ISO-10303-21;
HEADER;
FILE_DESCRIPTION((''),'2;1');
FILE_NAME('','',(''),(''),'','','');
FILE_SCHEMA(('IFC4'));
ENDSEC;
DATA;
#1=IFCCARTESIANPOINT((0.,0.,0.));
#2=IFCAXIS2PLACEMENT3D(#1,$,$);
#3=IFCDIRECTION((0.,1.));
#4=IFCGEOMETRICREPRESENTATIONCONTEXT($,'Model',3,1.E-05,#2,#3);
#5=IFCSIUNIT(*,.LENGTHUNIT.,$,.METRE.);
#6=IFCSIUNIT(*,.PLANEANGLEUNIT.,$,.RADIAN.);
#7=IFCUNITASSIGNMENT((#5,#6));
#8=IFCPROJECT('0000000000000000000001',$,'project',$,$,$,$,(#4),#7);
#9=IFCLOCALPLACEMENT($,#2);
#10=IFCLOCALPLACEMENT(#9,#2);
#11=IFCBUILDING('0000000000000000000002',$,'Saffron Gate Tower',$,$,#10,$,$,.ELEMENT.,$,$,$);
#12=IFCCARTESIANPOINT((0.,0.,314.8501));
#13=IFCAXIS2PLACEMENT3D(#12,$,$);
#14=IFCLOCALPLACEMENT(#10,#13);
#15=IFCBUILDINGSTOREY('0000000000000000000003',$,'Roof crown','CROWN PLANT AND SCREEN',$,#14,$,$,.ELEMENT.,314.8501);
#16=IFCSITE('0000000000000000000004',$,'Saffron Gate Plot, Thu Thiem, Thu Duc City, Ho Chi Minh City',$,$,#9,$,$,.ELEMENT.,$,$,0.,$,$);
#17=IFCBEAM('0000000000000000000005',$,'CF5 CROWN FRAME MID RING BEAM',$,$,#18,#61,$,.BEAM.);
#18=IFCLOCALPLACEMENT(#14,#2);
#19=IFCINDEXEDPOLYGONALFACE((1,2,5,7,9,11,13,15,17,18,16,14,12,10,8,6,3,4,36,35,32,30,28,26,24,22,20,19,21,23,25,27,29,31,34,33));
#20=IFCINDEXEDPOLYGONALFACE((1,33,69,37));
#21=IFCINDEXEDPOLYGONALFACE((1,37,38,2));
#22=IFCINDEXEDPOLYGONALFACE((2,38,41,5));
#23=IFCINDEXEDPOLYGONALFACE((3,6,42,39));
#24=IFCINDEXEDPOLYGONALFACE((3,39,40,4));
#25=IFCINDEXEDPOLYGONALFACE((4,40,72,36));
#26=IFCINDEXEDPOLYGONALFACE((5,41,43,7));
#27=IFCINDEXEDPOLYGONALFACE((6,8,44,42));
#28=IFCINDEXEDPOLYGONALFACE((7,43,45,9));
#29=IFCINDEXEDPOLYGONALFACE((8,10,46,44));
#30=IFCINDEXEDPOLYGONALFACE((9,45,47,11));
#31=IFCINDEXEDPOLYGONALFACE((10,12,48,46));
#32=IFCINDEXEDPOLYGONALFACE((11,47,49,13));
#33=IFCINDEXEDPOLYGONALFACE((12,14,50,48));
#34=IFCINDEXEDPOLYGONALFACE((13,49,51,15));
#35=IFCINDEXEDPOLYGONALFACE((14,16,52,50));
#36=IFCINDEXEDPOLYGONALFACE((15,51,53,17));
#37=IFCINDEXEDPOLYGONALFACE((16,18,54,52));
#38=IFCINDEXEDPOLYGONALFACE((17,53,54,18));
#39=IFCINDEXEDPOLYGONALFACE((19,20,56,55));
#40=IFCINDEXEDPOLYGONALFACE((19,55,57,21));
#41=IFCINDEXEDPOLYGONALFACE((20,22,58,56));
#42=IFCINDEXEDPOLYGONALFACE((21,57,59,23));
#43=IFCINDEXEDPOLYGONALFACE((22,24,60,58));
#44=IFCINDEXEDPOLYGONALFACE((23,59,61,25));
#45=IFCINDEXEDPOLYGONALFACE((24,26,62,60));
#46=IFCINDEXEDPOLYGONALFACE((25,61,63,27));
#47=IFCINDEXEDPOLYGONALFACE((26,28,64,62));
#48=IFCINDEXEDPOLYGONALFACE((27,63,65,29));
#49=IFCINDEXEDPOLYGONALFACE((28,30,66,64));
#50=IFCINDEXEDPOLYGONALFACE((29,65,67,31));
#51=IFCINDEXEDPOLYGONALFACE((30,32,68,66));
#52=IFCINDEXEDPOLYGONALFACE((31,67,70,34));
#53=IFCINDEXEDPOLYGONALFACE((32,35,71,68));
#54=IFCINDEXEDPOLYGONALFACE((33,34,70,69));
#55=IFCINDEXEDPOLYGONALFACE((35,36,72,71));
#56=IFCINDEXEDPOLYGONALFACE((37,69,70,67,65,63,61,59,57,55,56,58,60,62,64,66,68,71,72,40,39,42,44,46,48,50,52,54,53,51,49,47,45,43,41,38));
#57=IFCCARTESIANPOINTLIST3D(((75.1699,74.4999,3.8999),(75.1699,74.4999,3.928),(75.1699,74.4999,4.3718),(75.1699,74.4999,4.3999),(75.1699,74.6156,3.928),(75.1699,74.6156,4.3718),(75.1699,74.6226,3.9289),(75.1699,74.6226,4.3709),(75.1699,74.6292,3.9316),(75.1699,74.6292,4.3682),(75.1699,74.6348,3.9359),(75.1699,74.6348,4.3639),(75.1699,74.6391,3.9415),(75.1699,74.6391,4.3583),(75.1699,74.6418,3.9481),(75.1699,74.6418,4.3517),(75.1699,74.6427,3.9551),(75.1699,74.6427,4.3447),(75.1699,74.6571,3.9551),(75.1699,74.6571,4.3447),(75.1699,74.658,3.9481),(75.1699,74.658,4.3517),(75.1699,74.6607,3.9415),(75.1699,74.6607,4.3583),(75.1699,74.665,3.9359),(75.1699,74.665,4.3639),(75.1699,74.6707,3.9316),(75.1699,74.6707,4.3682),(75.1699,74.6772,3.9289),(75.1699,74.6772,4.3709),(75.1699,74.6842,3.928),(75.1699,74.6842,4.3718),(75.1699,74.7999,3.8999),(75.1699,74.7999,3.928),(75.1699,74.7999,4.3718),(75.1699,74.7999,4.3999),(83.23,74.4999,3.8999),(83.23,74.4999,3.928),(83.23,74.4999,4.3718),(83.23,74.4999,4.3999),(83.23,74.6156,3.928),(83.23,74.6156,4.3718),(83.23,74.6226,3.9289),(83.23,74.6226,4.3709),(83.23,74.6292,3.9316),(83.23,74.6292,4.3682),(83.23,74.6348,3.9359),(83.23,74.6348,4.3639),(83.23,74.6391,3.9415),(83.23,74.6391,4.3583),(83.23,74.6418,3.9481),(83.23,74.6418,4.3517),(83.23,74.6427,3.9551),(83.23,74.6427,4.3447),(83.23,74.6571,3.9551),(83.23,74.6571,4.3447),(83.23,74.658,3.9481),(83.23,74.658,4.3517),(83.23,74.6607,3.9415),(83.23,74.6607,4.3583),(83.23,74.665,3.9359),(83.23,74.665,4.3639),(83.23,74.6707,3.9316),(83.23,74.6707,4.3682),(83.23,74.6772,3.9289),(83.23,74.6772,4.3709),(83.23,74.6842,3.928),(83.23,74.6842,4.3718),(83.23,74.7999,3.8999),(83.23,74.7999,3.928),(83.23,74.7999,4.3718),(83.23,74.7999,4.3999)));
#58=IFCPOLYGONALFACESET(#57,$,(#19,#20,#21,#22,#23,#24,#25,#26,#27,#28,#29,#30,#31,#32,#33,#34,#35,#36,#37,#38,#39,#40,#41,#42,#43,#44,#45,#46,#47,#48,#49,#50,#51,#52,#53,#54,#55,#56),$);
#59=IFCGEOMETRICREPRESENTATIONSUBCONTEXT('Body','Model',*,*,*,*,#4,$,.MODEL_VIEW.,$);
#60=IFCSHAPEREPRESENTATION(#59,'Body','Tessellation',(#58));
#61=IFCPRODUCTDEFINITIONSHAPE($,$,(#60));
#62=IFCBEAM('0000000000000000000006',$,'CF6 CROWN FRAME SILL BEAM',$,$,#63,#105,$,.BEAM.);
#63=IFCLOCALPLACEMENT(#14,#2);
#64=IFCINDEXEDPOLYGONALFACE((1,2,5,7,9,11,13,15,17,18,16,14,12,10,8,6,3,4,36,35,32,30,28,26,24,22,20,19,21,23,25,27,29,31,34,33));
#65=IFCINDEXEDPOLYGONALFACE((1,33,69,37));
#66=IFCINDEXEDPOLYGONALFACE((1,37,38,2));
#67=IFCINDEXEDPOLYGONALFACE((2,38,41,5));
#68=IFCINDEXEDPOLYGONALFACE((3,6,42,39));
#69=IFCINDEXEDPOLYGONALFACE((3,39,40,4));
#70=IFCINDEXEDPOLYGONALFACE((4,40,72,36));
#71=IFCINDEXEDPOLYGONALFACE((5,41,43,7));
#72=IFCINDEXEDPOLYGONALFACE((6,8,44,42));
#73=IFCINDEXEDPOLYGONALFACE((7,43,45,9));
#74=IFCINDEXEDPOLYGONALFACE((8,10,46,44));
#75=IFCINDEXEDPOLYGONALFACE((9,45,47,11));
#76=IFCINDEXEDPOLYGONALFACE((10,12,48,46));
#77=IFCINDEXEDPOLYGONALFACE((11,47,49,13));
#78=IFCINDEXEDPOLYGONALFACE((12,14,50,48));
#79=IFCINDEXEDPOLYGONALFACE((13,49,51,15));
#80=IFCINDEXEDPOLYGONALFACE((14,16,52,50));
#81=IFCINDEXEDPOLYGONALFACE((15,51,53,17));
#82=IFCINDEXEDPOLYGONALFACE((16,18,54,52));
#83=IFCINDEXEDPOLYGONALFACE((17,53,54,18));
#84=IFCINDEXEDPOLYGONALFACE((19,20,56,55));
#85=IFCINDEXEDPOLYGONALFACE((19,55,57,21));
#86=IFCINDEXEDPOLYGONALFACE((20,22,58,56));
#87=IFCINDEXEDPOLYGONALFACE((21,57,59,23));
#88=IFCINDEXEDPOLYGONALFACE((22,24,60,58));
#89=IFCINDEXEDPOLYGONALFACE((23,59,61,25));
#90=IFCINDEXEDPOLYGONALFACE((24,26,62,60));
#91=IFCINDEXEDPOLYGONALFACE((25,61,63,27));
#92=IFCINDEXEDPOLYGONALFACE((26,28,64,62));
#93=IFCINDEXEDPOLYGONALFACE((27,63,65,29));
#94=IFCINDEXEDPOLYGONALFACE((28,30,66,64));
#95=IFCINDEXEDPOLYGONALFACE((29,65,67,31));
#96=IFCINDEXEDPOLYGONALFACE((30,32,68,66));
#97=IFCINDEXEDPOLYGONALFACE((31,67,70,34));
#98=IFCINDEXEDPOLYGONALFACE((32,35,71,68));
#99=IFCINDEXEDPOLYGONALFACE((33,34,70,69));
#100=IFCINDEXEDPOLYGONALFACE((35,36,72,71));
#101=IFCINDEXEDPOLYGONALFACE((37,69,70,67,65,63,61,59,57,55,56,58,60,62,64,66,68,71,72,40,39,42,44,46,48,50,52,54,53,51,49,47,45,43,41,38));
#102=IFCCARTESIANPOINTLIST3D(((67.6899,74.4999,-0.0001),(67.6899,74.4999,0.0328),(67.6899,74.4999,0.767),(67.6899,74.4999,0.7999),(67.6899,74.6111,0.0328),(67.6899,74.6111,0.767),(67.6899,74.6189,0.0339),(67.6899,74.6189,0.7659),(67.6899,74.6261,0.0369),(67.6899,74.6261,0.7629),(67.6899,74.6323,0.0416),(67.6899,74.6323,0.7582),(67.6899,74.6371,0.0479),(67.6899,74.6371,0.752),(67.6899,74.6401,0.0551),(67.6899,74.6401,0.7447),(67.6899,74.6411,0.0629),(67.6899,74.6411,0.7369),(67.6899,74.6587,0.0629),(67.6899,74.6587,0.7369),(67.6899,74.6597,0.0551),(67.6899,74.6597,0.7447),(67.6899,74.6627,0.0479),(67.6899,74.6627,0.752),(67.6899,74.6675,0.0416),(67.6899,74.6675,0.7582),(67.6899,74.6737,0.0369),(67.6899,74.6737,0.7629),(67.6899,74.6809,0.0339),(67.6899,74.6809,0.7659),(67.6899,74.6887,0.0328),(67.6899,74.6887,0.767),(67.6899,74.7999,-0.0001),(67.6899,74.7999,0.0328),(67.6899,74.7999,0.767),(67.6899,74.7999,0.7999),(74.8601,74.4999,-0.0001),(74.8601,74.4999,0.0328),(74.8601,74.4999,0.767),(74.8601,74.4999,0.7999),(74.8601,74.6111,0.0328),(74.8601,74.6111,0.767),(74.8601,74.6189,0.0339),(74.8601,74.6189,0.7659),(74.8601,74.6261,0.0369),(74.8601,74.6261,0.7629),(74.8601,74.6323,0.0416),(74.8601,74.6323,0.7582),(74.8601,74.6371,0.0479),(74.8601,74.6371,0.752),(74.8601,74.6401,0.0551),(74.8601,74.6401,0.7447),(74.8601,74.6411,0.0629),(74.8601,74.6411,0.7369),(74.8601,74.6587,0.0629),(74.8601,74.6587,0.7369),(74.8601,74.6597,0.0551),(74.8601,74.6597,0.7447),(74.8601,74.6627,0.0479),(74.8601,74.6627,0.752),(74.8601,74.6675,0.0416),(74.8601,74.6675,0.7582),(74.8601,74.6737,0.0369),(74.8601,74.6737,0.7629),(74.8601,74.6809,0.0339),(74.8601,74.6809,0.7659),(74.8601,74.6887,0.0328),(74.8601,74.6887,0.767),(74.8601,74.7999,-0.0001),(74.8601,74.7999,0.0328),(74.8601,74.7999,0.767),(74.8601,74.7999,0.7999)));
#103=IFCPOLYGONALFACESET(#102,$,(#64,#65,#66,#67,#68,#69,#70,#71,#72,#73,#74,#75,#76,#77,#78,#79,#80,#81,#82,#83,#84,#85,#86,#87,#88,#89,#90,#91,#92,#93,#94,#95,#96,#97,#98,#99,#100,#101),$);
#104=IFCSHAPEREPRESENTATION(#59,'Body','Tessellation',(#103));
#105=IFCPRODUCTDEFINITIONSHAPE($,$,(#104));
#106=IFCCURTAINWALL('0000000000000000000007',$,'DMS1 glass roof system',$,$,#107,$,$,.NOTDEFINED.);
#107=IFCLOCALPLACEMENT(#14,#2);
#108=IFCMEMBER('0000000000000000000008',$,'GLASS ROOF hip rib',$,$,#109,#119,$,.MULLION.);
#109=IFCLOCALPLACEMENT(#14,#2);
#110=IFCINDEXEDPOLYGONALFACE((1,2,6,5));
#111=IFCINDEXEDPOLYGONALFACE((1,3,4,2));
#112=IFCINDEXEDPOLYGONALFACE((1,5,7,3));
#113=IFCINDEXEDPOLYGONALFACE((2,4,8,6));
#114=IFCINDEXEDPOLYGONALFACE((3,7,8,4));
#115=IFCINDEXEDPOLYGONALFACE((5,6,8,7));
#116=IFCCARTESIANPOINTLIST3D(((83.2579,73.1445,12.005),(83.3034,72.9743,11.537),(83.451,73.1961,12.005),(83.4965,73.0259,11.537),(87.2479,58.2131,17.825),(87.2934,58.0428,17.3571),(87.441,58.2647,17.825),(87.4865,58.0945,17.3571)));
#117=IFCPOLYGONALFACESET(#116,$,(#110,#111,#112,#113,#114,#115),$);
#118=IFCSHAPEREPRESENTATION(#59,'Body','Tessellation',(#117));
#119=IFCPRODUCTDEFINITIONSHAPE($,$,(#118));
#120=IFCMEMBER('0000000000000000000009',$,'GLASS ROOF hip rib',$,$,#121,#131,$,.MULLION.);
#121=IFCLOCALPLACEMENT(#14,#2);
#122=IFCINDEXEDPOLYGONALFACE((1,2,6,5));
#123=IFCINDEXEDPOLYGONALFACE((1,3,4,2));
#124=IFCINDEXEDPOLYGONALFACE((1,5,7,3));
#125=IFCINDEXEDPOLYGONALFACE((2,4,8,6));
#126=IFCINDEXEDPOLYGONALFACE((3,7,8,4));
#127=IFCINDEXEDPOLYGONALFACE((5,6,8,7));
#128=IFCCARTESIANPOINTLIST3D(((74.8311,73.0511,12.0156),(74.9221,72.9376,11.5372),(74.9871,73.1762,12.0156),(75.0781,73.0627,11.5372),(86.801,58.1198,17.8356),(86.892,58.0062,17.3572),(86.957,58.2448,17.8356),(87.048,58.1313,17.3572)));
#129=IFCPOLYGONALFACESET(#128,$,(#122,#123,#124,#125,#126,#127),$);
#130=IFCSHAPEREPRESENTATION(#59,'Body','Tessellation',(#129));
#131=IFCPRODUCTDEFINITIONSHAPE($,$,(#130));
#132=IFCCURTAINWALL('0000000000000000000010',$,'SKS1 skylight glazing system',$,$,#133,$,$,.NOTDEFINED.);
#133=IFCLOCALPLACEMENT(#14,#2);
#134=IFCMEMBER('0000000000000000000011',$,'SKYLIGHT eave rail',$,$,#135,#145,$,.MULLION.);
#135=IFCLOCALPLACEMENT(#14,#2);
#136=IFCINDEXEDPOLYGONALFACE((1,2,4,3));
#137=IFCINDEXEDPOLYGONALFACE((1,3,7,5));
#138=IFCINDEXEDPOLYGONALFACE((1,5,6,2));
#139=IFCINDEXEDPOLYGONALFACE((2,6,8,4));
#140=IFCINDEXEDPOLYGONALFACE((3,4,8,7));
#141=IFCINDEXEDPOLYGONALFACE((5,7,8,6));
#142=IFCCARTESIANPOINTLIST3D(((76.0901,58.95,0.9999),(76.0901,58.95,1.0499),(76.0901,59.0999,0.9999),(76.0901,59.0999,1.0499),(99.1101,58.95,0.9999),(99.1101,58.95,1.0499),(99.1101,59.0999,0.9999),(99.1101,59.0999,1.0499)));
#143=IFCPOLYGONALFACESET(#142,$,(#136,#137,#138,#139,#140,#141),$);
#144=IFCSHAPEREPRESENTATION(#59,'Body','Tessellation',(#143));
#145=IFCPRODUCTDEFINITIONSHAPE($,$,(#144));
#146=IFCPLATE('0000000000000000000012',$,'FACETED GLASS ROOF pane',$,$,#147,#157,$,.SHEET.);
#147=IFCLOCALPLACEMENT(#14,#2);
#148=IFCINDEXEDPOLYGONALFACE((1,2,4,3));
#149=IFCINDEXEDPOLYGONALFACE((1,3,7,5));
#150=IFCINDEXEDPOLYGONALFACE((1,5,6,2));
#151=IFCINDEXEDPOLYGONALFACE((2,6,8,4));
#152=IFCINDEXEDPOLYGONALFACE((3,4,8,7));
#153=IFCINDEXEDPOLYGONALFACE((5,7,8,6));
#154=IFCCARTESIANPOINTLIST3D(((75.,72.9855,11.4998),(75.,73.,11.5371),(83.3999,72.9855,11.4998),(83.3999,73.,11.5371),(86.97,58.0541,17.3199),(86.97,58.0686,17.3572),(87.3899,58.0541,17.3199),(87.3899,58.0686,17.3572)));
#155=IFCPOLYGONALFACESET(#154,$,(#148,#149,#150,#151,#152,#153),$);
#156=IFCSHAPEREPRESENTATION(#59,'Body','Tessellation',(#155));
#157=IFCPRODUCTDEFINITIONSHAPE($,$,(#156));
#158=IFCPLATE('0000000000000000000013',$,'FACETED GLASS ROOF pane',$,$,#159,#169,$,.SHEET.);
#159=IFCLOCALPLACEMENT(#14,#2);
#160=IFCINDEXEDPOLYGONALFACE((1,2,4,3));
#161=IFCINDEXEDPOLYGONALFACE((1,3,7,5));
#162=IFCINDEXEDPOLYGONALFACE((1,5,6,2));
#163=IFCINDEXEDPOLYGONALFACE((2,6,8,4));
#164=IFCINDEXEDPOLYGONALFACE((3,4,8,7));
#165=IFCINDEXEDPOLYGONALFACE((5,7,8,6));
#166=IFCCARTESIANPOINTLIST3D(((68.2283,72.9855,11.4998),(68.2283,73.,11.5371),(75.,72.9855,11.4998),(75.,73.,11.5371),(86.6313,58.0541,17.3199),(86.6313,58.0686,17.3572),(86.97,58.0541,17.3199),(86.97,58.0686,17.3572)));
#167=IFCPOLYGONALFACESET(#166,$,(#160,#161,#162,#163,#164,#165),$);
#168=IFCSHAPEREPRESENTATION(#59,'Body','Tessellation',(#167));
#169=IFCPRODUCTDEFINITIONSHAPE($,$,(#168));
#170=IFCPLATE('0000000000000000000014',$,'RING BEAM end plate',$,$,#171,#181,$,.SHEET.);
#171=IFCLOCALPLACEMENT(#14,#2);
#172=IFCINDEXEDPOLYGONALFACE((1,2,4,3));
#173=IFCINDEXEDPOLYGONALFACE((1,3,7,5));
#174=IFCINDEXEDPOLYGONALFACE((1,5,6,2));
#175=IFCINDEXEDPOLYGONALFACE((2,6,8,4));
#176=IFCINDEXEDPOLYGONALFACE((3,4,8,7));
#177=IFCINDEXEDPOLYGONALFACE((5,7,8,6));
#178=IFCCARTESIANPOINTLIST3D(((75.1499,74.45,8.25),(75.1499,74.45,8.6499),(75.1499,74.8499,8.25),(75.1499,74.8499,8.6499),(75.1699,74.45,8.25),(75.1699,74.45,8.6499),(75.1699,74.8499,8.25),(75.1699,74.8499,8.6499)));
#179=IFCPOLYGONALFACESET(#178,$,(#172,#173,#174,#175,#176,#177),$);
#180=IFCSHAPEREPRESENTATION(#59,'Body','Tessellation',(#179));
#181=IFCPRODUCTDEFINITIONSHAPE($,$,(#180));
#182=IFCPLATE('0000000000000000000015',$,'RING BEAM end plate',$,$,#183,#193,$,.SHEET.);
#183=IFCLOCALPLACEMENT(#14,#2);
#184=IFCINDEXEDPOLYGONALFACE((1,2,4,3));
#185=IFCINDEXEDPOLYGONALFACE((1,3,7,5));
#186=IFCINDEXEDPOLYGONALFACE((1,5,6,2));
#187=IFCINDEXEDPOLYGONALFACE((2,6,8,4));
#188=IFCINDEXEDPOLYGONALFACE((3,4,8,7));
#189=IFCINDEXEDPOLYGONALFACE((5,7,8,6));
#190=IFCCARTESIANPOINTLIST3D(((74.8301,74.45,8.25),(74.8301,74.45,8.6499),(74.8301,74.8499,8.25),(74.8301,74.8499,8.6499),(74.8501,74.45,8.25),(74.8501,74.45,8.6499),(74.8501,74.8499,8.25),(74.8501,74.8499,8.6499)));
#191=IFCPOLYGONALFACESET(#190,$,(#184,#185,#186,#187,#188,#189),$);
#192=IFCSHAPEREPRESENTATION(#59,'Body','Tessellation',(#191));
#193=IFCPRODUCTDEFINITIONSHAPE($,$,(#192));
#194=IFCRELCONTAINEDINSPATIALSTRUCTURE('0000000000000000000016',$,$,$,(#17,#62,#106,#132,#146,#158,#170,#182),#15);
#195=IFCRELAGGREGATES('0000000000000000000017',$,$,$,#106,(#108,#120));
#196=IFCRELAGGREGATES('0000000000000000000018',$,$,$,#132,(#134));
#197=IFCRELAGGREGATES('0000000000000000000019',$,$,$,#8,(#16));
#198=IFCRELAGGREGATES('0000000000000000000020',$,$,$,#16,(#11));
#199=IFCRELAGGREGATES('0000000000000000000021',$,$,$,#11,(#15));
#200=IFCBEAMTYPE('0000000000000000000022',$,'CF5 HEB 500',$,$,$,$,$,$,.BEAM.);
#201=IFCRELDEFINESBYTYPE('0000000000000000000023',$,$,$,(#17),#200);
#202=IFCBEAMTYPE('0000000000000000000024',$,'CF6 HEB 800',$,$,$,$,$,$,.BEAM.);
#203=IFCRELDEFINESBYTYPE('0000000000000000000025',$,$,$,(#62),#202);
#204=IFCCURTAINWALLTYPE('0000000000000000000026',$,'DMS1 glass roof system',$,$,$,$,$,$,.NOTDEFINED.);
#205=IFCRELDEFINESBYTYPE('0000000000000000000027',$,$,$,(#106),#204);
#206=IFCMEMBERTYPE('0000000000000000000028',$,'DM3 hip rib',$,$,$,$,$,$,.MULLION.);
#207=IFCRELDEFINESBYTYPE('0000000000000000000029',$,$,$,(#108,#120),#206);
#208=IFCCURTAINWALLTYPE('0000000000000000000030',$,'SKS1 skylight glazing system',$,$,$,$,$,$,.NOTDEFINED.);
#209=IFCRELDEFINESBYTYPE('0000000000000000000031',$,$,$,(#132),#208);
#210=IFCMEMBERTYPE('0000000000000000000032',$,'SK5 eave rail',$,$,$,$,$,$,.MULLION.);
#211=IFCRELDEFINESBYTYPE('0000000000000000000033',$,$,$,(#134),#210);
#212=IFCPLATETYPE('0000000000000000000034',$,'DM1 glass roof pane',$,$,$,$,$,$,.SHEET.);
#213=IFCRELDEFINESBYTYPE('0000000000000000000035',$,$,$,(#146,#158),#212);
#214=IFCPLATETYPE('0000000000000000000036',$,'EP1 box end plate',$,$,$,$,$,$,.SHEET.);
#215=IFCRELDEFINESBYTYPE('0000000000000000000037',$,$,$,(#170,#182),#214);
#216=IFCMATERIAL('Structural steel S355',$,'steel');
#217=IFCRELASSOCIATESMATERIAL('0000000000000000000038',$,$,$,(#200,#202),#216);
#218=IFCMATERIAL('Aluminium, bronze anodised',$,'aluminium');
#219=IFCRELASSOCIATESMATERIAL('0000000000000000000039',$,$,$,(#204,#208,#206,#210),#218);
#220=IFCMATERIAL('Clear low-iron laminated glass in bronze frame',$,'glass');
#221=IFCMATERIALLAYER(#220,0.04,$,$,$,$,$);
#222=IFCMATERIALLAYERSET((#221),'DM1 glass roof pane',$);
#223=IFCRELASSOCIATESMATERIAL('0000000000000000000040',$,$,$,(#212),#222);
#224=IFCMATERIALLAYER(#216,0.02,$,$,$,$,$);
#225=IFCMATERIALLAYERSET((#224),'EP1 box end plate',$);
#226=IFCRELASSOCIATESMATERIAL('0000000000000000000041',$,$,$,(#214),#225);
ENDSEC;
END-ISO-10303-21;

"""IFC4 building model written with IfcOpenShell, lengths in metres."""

from ifc_helpers import new_model, si_unit, direction, frame, origin, origin_2d, place, context, subcontext, project, spatial, polyline, rectangle, i_section, outline, extrude, material, layer, layer_set, material_profile, profile_set, type_object, element, aggregate, save


model = new_model("IFC4")

# Units and contexts
model_context = context("Model", 3, precision=1e-05, world=origin(), true_north=direction((0.0, 1.0)))
body_context = subcontext(model_context, "Body", "Model", "MODEL_VIEW")
ifc_project = project(units=[si_unit("LENGTHUNIT", "METRE"), si_unit("PLANEANGLEUNIT", "RADIAN")], contexts=[model_context])

# Site, building, storey
site_placement = place(None, origin())
site = spatial("IfcSite", under=ifc_project, at=site_placement, Name="Saffron Gate Plot, Thu Thiem, Thu Duc City, Ho Chi Minh City", CompositionType="ELEMENT", RefElevation=0.0)
building_placement = place(site_placement, origin())
building = spatial("IfcBuilding", under=site, at=building_placement, Name="Saffron Gate Tower", CompositionType="ELEMENT")
storey_placement = place(building_placement, frame((0.0, 0.0, 314.8501)))
storey = spatial("IfcBuildingStorey", under=building, at=storey_placement, Name="Roof crown", Description="CROWN PLANT AND SCREEN", CompositionType="ELEMENT", Elevation=314.8501)

# Shared definitions
ifc_material_1 = material(Name="Structural steel S355", Category="steel")

# Beams
ifc_material_profile_1 = material_profile(ifc_material_1, i_section(OverallWidth=0.3, OverallDepth=0.5, WebThickness=0.0144, FlangeThickness=0.0281, FilletRadius=0.0271, at=origin_2d()))
ifc_profile_set_1 = profile_set([ifc_material_profile_1], Name="Structural steel S355")
beam_type_1 = type_object("IfcBeamType", Name="CF5 HEB 500", PredefinedType="BEAM", material=ifc_profile_set_1)
beam_1_placement = place(storey_placement, frame((83.23, 74.6499, 4.1499), z_axis=(-1.0, 0.0, 0.0), x_axis=(0.0, -1.0, 0.0)))
element("IfcBeam", 1, at=beam_1_placement, inside=storey, type_object=beam_type_1, Name="CF5 CROWN FRAME MID RING BEAM", PredefinedType="BEAM", context=body_context, shape_type="SweptSolid", body=[
    extrude(i_section(OverallWidth=0.3, OverallDepth=0.5, WebThickness=0.0144, FlangeThickness=0.0281, FilletRadius=0.0271, at=origin_2d()), origin(), (0.0, 0.0, 1.0), 8.0601),
])
ifc_material_profile_2 = material_profile(ifc_material_1, i_section(OverallWidth=0.3, OverallDepth=0.8, WebThickness=0.0176, FlangeThickness=0.033, FilletRadius=0.03, at=origin_2d()))
ifc_profile_set_2 = profile_set([ifc_material_profile_2], Name="Structural steel S355")
beam_type_2 = type_object("IfcBeamType", Name="CF6 HEB 800", PredefinedType="BEAM", material=ifc_profile_set_2)
beam_2_placement = place(storey_placement, frame((74.8601, 74.6499, 0.3999), z_axis=(-1.0, 0.0, 0.0), x_axis=(0.0, -1.0, 0.0)))
element("IfcBeam", 2, at=beam_2_placement, inside=storey, type_object=beam_type_2, Name="CF6 CROWN FRAME SILL BEAM", PredefinedType="BEAM", context=body_context, shape_type="SweptSolid", body=[
    extrude(i_section(OverallWidth=0.3, OverallDepth=0.8, WebThickness=0.0176, FlangeThickness=0.033, FilletRadius=0.03, at=origin_2d()), origin(), (0.0, 0.0, 1.0), 7.1702),
])

# Curtain wall, members
ifc_material_2 = material(Name="Aluminium, bronze anodised", Category="aluminium")
curtain_wall_type_1 = type_object("IfcCurtainWallType", Name="DMS1 glass roof system", PredefinedType="NOTDEFINED", material=ifc_material_2)
curtain_wall_1_placement = place(storey_placement, origin())
curtain_wall_1 = element("IfcCurtainWall", 3, at=curtain_wall_1_placement, inside=storey, type_object=curtain_wall_type_1, Name="DMS1 glass roof system", PredefinedType="NOTDEFINED")
ifc_material_profile_3 = material_profile(ifc_material_2, rectangle(XDim=0.2, YDim=0.5, at=origin_2d()))
ifc_profile_set_3 = profile_set([ifc_material_profile_3], Name="Aluminium, bronze anodised")
member_type_1 = type_object("IfcMemberType", Name="DM3 hip rib", PredefinedType="MULLION", material=ifc_profile_set_3)
member_1_placement = place(storey_placement, frame((83.3772, 73.0852, 11.771), z_axis=(0.2416, -0.90412, 0.352415), x_axis=(0.966101, 0.258163, 0.0)))
member_1 = element("IfcMember", 4, at=member_1_placement, type_object=member_type_1, Name="GLASS ROOF hip rib", PredefinedType="MULLION", context=body_context, shape_type="SweptSolid", body=[
    extrude(rectangle(XDim=0.2, YDim=0.5, at=origin_2d()), origin(), (0.0, 0.0, 1.0), 16.5149),
])
member_2_placement = place(storey_placement, frame((74.9546, 73.0569, 11.7764), z_axis=(0.598424, -0.746477, 0.290967), x_axis=(0.780235, 0.625487, 0.0)))
member_2 = element("IfcMember", 5, at=member_2_placement, type_object=member_type_1, Name="GLASS ROOF hip rib", PredefinedType="MULLION", context=body_context, shape_type="SweptSolid", body=[
    extrude(rectangle(XDim=0.2, YDim=0.5, at=origin_2d()), origin(), (0.0, 0.0, 1.0), 20.0024),
])
aggregate(curtain_wall_1, [member_1, member_2])

# Curtain wall, member
curtain_wall_type_2 = type_object("IfcCurtainWallType", Name="SKS1 skylight glazing system", PredefinedType="NOTDEFINED", material=ifc_material_2)
curtain_wall_2_placement = place(storey_placement, origin())
curtain_wall_2 = element("IfcCurtainWall", 6, at=curtain_wall_2_placement, inside=storey, type_object=curtain_wall_type_2, Name="SKS1 skylight glazing system", PredefinedType="NOTDEFINED")
ifc_material_profile_4 = material_profile(ifc_material_2, rectangle(XDim=0.1499, YDim=0.05, at=origin_2d()))
ifc_profile_set_4 = profile_set([ifc_material_profile_4], Name="Aluminium, bronze anodised")
member_type_2 = type_object("IfcMemberType", Name="SK5 eave rail", PredefinedType="MULLION", material=ifc_profile_set_4)
member_3_placement = place(storey_placement, frame((76.0901, 59.0249, 1.0249), z_axis=(1.0, 0.0, 0.0), x_axis=(0.0, 1.0, 0.0)))
member_3 = element("IfcMember", 7, at=member_3_placement, type_object=member_type_2, Name="SKYLIGHT eave rail", PredefinedType="MULLION", context=body_context, shape_type="SweptSolid", body=[
    extrude(rectangle(XDim=0.1499, YDim=0.05, at=origin_2d()), origin(), (0.0, 0.0, 1.0), 23.02),
])
aggregate(curtain_wall_2, [member_3])

# Plates
ifc_material_3 = material(Name="Clear low-iron laminated glass in bronze frame", Category="glass")
ifc_layer_1 = layer(ifc_material_3, 0.04)
ifc_layer_set_1 = layer_set([ifc_layer_1], Name="DM1 glass roof pane")
plate_type_1 = type_object("IfcPlateType", Name="DM1 glass roof pane", PredefinedType="SHEET", material=ifc_layer_set_1)
plate_1_placement = place(storey_placement, frame((83.3999, 73.0, 11.5371), z_axis=(0.0, 0.363173, 0.931722), x_axis=(-1.0, 0.0, 0.0)))
element("IfcPlate", 8, at=plate_1_placement, inside=storey, type_object=plate_type_1, Name="FACETED GLASS ROOF pane", PredefinedType="SHEET", context=body_context, shape_type="SweptSolid", body=[
    extrude(outline(polyline([(0.0, 0.0), (8.3999, 0.0), (-3.5701, 16.0256), (-3.99, 16.0256), (0.0, 0.0)])), origin(), (0.0, 0.0, -1.0), 0.04),
])
plate_2_placement = place(storey_placement, frame((75.0, 73.0, 11.5371), z_axis=(0.0, 0.363173, 0.931722), x_axis=(-1.0, 0.0, 0.0)))
element("IfcPlate", 9, at=plate_2_placement, inside=storey, type_object=plate_type_1, Name="FACETED GLASS ROOF pane", PredefinedType="SHEET", context=body_context, shape_type="SweptSolid", body=[
    extrude(outline(polyline([(0.0, 0.0), (6.7717, 0.0), (-11.6313, 16.0256), (-11.97, 16.0256), (0.0, 0.0)])), origin(), (0.0, 0.0, -1.0), 0.04),
])
ifc_layer_2 = layer(ifc_material_1, 0.02)
ifc_layer_set_2 = layer_set([ifc_layer_2], Name="EP1 box end plate")
plate_type_2 = type_object("IfcPlateType", Name="EP1 box end plate", PredefinedType="SHEET", material=ifc_layer_set_2)
for number, where, z_axis, x_axis, name in (
    (10, (75.1599, 74.6499, 8.25), (0.0, 0.0, 1.0), (-1.0, 0.0, 0.0), "RING BEAM end plate"),
    (11, (74.8401, 74.6499, 8.25), (0.0, 0.0, 1.0), (-1.0, 0.0, 0.0), "RING BEAM end plate"),
):
    element("IfcPlate", number, at=place(storey_placement, frame(where, z_axis=z_axis, x_axis=x_axis)), inside=storey, type_object=plate_type_2, Name=name, PredefinedType="SHEET", context=body_context, shape_type="SweptSolid", body=[
        extrude(rectangle(XDim=0.02, YDim=0.3999, at=origin_2d()), origin(), (0.0, 0.0, 1.0), 0.3999),
    ])

save(model, "model.ifc")
